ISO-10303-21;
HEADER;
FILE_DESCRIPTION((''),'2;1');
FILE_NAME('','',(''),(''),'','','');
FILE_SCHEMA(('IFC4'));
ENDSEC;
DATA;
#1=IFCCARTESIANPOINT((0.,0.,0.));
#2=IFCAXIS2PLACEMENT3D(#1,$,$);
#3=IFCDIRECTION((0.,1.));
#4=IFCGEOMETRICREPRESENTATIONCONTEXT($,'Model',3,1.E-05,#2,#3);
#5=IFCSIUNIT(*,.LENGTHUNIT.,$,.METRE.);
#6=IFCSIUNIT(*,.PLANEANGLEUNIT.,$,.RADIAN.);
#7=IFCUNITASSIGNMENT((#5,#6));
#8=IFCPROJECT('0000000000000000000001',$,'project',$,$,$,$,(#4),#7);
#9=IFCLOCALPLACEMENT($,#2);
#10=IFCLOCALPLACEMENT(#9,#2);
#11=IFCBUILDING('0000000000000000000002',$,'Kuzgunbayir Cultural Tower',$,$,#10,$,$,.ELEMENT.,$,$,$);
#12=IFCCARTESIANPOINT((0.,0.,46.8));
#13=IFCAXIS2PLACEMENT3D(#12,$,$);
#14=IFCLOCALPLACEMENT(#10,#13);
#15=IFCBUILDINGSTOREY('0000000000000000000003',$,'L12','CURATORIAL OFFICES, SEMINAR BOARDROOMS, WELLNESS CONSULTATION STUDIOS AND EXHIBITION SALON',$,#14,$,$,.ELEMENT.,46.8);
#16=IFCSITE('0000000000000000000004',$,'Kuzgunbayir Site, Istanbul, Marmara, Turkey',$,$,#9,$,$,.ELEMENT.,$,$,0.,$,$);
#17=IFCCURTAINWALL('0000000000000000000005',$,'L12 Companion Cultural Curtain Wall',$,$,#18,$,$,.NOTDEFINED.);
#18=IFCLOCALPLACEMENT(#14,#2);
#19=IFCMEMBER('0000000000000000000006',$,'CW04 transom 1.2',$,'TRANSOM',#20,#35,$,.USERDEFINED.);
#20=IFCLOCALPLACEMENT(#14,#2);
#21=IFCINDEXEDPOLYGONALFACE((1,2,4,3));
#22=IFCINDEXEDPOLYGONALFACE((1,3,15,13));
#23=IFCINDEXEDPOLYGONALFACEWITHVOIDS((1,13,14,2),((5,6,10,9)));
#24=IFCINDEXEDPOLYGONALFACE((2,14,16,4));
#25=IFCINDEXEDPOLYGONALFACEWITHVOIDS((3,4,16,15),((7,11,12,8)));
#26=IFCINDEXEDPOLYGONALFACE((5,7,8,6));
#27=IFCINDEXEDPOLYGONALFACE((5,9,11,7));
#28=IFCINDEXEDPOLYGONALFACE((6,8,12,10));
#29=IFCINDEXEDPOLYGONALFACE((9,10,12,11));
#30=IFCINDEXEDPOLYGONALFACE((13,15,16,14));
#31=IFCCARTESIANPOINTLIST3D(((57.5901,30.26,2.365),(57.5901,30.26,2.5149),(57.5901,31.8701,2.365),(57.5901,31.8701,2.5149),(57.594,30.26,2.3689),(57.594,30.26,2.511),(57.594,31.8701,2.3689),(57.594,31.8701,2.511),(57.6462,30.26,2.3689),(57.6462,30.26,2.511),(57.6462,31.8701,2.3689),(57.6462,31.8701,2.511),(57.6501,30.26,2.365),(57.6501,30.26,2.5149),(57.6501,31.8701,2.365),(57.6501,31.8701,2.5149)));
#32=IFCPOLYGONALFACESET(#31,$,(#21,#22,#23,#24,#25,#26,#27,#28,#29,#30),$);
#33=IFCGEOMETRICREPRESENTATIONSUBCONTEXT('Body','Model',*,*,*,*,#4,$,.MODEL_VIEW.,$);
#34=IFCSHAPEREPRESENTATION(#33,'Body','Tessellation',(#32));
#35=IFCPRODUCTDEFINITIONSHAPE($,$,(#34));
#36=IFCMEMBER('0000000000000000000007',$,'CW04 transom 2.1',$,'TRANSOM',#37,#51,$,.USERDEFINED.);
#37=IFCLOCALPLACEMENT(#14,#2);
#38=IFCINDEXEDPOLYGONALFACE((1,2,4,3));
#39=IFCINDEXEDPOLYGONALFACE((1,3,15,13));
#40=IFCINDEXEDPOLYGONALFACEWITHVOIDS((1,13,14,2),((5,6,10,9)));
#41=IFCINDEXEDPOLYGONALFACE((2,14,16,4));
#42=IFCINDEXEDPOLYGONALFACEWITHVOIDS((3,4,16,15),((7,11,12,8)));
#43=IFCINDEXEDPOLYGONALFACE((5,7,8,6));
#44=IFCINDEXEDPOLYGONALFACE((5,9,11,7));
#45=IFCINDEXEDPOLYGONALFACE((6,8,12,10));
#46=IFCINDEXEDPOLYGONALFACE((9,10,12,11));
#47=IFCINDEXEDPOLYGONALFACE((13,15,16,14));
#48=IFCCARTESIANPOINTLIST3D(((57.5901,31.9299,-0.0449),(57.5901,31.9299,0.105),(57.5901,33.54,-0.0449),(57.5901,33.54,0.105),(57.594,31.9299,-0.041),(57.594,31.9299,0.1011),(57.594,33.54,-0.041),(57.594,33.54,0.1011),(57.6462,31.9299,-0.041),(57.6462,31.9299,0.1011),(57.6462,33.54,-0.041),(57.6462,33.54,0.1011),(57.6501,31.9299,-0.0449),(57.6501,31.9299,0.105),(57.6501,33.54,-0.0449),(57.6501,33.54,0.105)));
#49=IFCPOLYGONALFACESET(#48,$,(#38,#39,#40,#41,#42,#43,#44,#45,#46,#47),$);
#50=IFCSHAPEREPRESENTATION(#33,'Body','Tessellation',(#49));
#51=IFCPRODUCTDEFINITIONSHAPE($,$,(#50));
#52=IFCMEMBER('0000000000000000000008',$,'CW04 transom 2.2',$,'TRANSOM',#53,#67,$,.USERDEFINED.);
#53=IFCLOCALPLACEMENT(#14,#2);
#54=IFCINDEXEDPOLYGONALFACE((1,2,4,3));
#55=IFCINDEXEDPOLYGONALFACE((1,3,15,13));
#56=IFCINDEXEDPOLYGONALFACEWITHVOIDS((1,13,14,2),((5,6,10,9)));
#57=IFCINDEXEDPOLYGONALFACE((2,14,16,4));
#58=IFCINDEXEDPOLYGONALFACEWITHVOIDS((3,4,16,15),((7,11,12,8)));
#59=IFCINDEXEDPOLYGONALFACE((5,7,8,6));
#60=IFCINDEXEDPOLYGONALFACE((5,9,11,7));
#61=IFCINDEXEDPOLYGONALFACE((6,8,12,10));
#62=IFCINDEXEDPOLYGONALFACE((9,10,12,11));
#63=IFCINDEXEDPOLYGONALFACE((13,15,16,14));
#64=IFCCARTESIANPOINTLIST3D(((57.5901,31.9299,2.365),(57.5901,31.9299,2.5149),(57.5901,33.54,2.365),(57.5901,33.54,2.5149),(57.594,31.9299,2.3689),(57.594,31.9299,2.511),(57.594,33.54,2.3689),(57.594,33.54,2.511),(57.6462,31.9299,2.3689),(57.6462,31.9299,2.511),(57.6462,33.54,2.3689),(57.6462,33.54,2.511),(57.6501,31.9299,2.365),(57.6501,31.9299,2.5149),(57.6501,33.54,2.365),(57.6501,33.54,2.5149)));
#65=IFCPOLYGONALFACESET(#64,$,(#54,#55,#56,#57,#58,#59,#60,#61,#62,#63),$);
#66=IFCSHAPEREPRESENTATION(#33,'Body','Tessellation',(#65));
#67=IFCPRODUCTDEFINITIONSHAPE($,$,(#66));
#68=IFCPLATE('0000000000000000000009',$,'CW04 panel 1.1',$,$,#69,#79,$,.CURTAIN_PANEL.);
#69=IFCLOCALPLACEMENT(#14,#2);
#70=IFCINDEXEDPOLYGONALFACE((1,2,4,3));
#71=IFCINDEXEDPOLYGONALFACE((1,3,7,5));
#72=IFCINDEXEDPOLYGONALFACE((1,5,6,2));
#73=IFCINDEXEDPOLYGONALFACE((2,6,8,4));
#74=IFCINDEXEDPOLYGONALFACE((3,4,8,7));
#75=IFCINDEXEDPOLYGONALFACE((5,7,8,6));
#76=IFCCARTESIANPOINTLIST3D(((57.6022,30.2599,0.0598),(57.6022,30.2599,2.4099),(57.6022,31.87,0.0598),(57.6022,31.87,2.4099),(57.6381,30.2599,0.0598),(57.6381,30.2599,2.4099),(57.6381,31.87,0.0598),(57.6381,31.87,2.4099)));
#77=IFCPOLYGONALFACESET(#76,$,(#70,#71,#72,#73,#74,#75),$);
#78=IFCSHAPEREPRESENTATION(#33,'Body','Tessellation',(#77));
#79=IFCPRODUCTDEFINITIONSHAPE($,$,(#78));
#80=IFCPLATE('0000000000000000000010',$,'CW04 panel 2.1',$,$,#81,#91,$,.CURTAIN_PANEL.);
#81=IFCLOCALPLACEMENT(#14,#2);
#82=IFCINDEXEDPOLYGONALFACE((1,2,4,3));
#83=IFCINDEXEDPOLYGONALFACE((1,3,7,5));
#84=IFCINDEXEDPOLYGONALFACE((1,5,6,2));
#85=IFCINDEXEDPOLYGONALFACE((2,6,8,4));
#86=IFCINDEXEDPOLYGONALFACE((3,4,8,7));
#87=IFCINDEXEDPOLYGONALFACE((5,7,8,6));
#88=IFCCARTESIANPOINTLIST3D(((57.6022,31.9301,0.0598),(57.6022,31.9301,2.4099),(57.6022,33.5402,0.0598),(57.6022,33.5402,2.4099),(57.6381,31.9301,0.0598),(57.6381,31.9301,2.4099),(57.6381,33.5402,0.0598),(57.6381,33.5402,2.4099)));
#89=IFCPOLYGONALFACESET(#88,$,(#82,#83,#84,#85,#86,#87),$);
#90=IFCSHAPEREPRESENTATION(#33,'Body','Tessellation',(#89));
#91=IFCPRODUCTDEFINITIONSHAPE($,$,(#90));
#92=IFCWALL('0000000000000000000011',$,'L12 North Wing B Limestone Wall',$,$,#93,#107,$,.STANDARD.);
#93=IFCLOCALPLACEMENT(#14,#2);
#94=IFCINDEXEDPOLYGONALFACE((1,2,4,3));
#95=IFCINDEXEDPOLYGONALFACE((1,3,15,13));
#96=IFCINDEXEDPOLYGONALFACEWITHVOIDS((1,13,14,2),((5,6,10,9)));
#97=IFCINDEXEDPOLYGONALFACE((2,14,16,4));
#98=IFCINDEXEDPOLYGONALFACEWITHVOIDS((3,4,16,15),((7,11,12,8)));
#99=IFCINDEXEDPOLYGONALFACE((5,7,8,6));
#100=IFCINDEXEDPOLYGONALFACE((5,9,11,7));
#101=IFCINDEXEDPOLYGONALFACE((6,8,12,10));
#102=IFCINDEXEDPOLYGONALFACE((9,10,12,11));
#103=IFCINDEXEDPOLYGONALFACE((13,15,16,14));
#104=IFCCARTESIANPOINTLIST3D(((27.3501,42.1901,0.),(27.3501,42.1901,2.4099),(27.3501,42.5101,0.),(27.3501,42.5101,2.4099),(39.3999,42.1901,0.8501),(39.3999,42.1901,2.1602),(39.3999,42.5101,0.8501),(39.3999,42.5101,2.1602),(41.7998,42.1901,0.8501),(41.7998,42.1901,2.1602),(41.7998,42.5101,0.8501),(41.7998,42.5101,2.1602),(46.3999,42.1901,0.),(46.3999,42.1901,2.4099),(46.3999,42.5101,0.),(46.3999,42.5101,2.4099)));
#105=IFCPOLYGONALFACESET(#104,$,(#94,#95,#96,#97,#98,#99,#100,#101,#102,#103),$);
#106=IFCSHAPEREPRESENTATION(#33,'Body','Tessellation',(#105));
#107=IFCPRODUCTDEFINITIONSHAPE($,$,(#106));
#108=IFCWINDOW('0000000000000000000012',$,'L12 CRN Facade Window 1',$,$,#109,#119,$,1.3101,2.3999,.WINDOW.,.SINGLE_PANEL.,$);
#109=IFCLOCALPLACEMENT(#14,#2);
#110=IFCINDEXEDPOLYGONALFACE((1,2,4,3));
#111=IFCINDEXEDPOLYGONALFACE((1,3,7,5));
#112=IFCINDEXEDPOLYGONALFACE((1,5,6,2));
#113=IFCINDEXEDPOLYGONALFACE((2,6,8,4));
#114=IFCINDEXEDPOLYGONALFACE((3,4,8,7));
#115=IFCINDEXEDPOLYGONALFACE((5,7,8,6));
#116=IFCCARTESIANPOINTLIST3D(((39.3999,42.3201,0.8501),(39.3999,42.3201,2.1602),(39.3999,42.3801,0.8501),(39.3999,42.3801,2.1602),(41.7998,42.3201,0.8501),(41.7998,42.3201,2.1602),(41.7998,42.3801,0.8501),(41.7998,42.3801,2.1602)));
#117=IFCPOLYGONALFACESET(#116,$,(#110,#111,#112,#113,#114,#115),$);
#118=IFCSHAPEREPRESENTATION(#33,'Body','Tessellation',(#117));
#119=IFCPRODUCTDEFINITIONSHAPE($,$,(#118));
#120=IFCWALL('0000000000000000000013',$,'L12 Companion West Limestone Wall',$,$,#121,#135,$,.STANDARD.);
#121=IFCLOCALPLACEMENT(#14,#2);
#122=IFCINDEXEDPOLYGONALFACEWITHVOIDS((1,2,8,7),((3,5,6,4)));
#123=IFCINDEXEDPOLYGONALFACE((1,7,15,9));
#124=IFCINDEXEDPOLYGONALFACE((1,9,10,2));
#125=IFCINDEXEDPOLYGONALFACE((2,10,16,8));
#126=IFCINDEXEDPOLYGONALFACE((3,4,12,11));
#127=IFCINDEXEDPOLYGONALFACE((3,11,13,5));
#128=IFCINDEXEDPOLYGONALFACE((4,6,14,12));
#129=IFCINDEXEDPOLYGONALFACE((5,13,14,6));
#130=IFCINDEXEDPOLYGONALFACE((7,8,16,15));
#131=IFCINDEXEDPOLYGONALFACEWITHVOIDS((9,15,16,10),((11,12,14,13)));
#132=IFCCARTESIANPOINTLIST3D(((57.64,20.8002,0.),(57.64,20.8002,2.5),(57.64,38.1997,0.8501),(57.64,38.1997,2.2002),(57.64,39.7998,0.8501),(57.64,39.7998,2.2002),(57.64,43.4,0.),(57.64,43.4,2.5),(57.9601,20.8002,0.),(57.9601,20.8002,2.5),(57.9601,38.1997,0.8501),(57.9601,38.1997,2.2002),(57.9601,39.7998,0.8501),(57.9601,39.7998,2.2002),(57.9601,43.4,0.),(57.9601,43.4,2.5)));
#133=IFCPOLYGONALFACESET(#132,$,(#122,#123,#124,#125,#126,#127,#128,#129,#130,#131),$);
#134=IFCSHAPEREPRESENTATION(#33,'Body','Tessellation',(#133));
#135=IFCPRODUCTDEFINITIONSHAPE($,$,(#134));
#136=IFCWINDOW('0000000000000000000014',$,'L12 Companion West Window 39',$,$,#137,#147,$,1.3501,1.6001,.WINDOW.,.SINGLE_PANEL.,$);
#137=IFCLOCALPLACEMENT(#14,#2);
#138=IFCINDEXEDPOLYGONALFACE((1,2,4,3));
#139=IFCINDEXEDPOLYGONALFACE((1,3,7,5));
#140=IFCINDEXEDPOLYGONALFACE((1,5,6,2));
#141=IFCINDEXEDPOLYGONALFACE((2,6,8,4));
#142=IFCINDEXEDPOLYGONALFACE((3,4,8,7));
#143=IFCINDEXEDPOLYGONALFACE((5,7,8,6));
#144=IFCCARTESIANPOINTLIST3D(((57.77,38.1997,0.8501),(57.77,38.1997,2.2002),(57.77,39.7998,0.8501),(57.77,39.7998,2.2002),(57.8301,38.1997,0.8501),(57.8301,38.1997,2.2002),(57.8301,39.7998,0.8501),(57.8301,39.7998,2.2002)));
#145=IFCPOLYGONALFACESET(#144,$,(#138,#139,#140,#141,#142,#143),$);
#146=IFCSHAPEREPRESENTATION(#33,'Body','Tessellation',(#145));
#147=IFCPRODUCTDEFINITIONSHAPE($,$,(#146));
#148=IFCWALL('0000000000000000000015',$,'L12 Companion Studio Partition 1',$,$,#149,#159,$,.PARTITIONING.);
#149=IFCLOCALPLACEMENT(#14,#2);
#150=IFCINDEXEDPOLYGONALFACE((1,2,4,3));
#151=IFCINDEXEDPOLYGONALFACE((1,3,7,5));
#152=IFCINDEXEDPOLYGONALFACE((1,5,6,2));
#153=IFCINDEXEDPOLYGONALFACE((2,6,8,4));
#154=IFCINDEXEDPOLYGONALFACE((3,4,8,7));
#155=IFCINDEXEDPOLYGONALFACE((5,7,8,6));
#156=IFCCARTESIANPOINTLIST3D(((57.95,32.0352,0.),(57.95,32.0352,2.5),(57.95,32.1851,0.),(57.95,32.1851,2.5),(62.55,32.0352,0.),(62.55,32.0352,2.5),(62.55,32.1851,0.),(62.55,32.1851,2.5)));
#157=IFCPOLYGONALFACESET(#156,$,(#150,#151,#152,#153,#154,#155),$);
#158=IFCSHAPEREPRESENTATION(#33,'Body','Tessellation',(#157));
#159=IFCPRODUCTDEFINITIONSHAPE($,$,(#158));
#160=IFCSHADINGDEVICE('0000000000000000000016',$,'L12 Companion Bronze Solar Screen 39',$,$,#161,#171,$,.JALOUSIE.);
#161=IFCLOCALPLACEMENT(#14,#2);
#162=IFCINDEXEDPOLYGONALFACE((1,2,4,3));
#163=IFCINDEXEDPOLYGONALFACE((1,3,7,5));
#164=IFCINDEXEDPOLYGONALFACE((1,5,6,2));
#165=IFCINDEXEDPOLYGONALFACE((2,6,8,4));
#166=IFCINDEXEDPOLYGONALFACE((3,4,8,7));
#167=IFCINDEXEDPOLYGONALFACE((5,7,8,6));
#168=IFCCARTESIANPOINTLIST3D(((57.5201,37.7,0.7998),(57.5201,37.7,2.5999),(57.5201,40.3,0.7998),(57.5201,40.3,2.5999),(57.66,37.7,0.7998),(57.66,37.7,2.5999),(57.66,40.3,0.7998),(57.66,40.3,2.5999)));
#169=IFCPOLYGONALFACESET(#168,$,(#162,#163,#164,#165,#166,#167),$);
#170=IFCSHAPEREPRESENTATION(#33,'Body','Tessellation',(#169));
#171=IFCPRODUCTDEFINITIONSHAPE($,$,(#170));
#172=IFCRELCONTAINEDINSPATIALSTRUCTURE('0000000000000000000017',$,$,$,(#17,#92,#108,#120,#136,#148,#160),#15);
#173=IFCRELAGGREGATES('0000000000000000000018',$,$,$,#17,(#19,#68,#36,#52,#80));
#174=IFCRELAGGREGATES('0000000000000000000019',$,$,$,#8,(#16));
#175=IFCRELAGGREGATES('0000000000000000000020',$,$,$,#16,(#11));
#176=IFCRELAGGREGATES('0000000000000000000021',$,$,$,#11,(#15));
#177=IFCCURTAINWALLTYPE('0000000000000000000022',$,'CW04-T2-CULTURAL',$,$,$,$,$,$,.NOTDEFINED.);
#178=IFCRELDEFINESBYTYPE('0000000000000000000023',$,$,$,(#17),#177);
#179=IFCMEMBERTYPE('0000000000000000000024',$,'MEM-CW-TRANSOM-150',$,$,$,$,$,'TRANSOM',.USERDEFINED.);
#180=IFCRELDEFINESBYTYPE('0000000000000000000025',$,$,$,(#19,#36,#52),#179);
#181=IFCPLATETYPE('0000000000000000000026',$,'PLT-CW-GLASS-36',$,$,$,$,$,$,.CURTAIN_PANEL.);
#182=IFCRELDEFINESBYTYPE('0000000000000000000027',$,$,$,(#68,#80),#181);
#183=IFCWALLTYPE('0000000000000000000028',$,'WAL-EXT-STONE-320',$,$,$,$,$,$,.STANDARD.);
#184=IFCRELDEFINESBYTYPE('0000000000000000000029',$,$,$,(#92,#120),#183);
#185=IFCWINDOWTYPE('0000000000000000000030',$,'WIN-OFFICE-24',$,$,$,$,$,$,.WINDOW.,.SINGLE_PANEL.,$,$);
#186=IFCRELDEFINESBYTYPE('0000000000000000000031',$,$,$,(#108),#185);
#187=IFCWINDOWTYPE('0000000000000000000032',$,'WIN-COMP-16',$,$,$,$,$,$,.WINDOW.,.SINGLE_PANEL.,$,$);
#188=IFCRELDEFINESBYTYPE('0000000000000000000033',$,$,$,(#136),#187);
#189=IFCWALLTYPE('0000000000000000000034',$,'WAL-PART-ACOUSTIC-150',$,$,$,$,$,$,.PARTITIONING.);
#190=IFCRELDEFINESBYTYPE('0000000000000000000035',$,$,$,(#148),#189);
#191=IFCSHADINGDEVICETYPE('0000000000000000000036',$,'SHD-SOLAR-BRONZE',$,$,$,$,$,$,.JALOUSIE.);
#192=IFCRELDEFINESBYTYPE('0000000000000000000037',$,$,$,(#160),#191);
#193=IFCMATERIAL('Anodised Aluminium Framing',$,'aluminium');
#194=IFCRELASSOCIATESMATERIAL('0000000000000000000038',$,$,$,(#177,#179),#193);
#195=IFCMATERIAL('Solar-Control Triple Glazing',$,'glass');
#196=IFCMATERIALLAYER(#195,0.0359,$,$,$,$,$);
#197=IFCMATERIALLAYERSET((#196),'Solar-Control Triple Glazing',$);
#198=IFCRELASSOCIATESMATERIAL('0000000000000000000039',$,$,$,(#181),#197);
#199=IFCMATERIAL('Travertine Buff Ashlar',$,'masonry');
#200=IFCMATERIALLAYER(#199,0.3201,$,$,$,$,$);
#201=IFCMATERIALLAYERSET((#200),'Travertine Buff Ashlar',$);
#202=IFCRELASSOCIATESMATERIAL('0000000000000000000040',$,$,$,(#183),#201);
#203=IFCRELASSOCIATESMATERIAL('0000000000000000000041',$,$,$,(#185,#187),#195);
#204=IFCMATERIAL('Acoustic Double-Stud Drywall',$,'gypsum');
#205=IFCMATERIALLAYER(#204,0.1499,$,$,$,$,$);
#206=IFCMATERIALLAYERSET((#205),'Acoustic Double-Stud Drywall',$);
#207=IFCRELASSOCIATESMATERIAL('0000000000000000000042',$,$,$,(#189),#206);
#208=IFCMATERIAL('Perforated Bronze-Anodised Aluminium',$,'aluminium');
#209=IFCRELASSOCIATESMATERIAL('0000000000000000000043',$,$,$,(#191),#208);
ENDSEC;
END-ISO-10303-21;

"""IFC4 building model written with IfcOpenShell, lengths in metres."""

from ifc_helpers import new_model, si_unit, direction, frame, frame_2d, origin, origin_2d, place, context, subcontext, project, spatial, rectangle, hollow_rectangle, extrude, material, layer, layer_set, material_profile, profile_set, type_object, element, fill, aggregate, save


model = new_model("IFC4")

# Units and contexts
model_context = context("Model", 3, precision=1e-05, world=origin(), true_north=direction((0.0, 1.0)))
body_context = subcontext(model_context, "Body", "Model", "MODEL_VIEW")
ifc_project = project(units=[si_unit("LENGTHUNIT", "METRE"), si_unit("PLANEANGLEUNIT", "RADIAN")], contexts=[model_context])

# Site, building, storey
site_placement = place(None, origin())
site = spatial("IfcSite", under=ifc_project, at=site_placement, Name="Kuzgunbayir Site, Istanbul, Marmara, Turkey", CompositionType="ELEMENT", RefElevation=0.0)
building_placement = place(site_placement, origin())
building = spatial("IfcBuilding", under=site, at=building_placement, Name="Kuzgunbayir Cultural Tower", CompositionType="ELEMENT")
storey_placement = place(building_placement, frame((0.0, 0.0, 46.8)))
storey = spatial("IfcBuildingStorey", under=building, at=storey_placement, Name="L12", Description="CURATORIAL OFFICES, SEMINAR BOARDROOMS, WELLNESS CONSULTATION STUDIOS AND EXHIBITION SALON", CompositionType="ELEMENT", Elevation=46.8)

# Curtain wall, members, plates
ifc_material_1 = material(Name="Anodised Aluminium Framing", Category="aluminium")
curtain_wall_type = type_object("IfcCurtainWallType", Name="CW04-T2-CULTURAL", PredefinedType="NOTDEFINED", material=ifc_material_1)
curtain_wall_placement = place(storey_placement, origin())
curtain_wall = element("IfcCurtainWall", 1, at=curtain_wall_placement, inside=storey, type_object=curtain_wall_type, Name="L12 Companion Cultural Curtain Wall", PredefinedType="NOTDEFINED")
ifc_material_profile_1 = material_profile(ifc_material_1, hollow_rectangle(XDim=0.0601, YDim=0.1499, WallThickness=0.0039, at=origin_2d()), Name="RHS 150x60x4")
ifc_profile_set_1 = profile_set([ifc_material_profile_1], Name="Anodised Aluminium Framing")
member_type_1 = type_object("IfcMemberType", Name="MEM-CW-TRANSOM-150", ElementType="TRANSOM", PredefinedType="USERDEFINED", material=ifc_profile_set_1)
member_1_placement = place(storey_placement, frame((57.6201, 30.26, 2.4399), z_axis=(0.0, 1.0, 0.0), x_axis=(-1.0, 0.0, 0.0)))
member_1 = element("IfcMember", 2, at=member_1_placement, type_object=member_type_1, Name="CW04 transom 1.2", ObjectType="TRANSOM", PredefinedType="USERDEFINED", context=body_context, shape_type="SweptSolid", body=[
    extrude(hollow_rectangle(XDim=0.0601, YDim=0.1499, WallThickness=0.0039, at=origin_2d()), origin(), (0.0, 0.0, 1.0), 1.6101),
])
member_2_placement = place(storey_placement, frame((57.6201, 31.9299, 0.03), z_axis=(0.0, 1.0, 0.0), x_axis=(-1.0, 0.0, 0.0)))
member_2 = element("IfcMember", 3, at=member_2_placement, type_object=member_type_1, Name="CW04 transom 2.1", ObjectType="TRANSOM", PredefinedType="USERDEFINED", context=body_context, shape_type="SweptSolid", body=[
    extrude(hollow_rectangle(XDim=0.0601, YDim=0.1499, WallThickness=0.0039, at=origin_2d()), origin(), (0.0, 0.0, 1.0), 1.6101),
])
member_3_placement = place(storey_placement, frame((57.6201, 31.9299, 2.4399), z_axis=(0.0, 1.0, 0.0), x_axis=(-1.0, 0.0, 0.0)))
member_3 = element("IfcMember", 4, at=member_3_placement, type_object=member_type_1, Name="CW04 transom 2.2", ObjectType="TRANSOM", PredefinedType="USERDEFINED", context=body_context, shape_type="SweptSolid", body=[
    extrude(hollow_rectangle(XDim=0.0601, YDim=0.1499, WallThickness=0.0039, at=origin_2d()), origin(), (0.0, 0.0, 1.0), 1.6101),
])
ifc_material_2 = material(Name="Solar-Control Triple Glazing", Category="glass")
ifc_layer_1 = layer(ifc_material_2, 0.0359)
ifc_layer_set_1 = layer_set([ifc_layer_1], Name="Solar-Control Triple Glazing")
plate_type = type_object("IfcPlateType", Name="PLT-CW-GLASS-36", PredefinedType="CURTAIN_PANEL", material=ifc_layer_set_1)
plate_1_placement = place(storey_placement, frame((57.6201, 31.0649, 0.0598), z_axis=(0.0, 0.0, 1.0), x_axis=(0.0, 1.0, 0.0)))
plate_1 = element("IfcPlate", 5, at=plate_1_placement, type_object=plate_type, Name="CW04 panel 1.1", PredefinedType="CURTAIN_PANEL", context=body_context, shape_type="SweptSolid", body=[
    extrude(rectangle(XDim=1.6101, YDim=0.0359, at=origin_2d()), origin(), (0.0, 0.0, 1.0), 2.3501),
])
plate_2_placement = place(storey_placement, frame((57.6201, 32.7351, 0.0598), z_axis=(0.0, 0.0, 1.0), x_axis=(0.0, 1.0, 0.0)))
plate_2 = element("IfcPlate", 6, at=plate_2_placement, type_object=plate_type, Name="CW04 panel 2.1", PredefinedType="CURTAIN_PANEL", context=body_context, shape_type="SweptSolid", body=[
    extrude(rectangle(XDim=1.6101, YDim=0.0359, at=origin_2d()), origin(), (0.0, 0.0, 1.0), 2.3501),
])
aggregate(curtain_wall, [member_1, plate_1, member_2, member_3, plate_2])

# Walls, openings, windows
ifc_material_3 = material(Name="Travertine Buff Ashlar", Category="masonry")
ifc_layer_2 = layer(ifc_material_3, 0.3201)
ifc_layer_set_2 = layer_set([ifc_layer_2], Name="Travertine Buff Ashlar")
wall_type_1 = type_object("IfcWallType", Name="WAL-EXT-STONE-320", PredefinedType="STANDARD", material=ifc_layer_set_2)
wall_1_placement = place(storey_placement, frame((46.3999, 42.3501, 0.0), z_axis=(0.0, 0.0, 1.0), x_axis=(-1.0, 0.0, 0.0)))
wall_1 = element("IfcWall", 7, at=wall_1_placement, inside=storey, type_object=wall_type_1, Name="L12 North Wing B Limestone Wall", PredefinedType="STANDARD", context=body_context, shape_type="SweptSolid", body=[
    extrude(rectangle(XDim=19.0498, YDim=0.3201, at=frame_2d((9.5249, 0.0))), origin(), (0.0, 0.0, 1.0), 2.4099),
])
opening_1_placement = place(wall_1_placement, frame((4.6001, 0.0, 0.8501)))
opening_1 = element("IfcOpeningElement", 8, at=opening_1_placement, cuts=wall_1, PredefinedType="OPENING", context=body_context, shape_type="SweptSolid", body=[
    extrude(rectangle(XDim=2.3999, YDim=1.3101, at=frame_2d((1.2, 0.655))), frame((0.0, 0.1699, 0.0), z_axis=(0.0, -1.0, 0.0), x_axis=(1.0, 0.0, 0.0)), (0.0, 0.0, 1.0), 0.3401),
])
window_type_1 = type_object("IfcWindowType", Name="WIN-OFFICE-24", PartitioningType="SINGLE_PANEL", PredefinedType="WINDOW", material=ifc_material_2)
window_1_placement = place(opening_1_placement, origin())
window_1 = element("IfcWindow", 9, at=window_1_placement, inside=storey, type_object=window_type_1, Name="L12 CRN Facade Window 1", OverallHeight=1.3101, OverallWidth=2.3999, PartitioningType="SINGLE_PANEL", PredefinedType="WINDOW", context=body_context, shape_type="SweptSolid", body=[
    extrude(rectangle(XDim=2.3999, YDim=1.3101, at=frame_2d((1.2, 0.655))), frame((0.0, 0.03, 0.0), z_axis=(0.0, -1.0, 0.0), x_axis=(1.0, 0.0, 0.0)), (0.0, 0.0, 1.0), 0.0601),
])
fill(opening_1, window_1)
wall_2_placement = place(storey_placement, frame((57.8, 43.3999, 0.0), z_axis=(0.0, 0.0, 1.0), x_axis=(0.0, -1.0, 0.0)))
wall_2 = element("IfcWall", 10, at=wall_2_placement, inside=storey, type_object=wall_type_1, Name="L12 Companion West Limestone Wall", PredefinedType="STANDARD", context=body_context, shape_type="SweptSolid", body=[
    extrude(rectangle(XDim=22.5999, YDim=0.3201, at=frame_2d((11.2998, 0.0))), origin(), (0.0, 0.0, 1.0), 2.5),
])
opening_2_placement = place(wall_2_placement, frame((3.6001, 0.0, 0.8501)))
opening_2 = element("IfcOpeningElement", 11, at=opening_2_placement, cuts=wall_2, PredefinedType="OPENING", context=body_context, shape_type="SweptSolid", body=[
    extrude(rectangle(XDim=1.6001, YDim=1.3501, at=frame_2d((0.8, 0.675))), frame((0.0, 0.1699, 0.0), z_axis=(0.0, -1.0, 0.0), x_axis=(1.0, 0.0, 0.0)), (0.0, 0.0, 1.0), 0.3401),
])
window_type_2 = type_object("IfcWindowType", Name="WIN-COMP-16", PartitioningType="SINGLE_PANEL", PredefinedType="WINDOW", material=ifc_material_2)
window_2_placement = place(opening_2_placement, origin())
window_2 = element("IfcWindow", 12, at=window_2_placement, inside=storey, type_object=window_type_2, Name="L12 Companion West Window 39", OverallHeight=1.3501, OverallWidth=1.6001, PartitioningType="SINGLE_PANEL", PredefinedType="WINDOW", context=body_context, shape_type="SweptSolid", body=[
    extrude(rectangle(XDim=1.6001, YDim=1.3501, at=frame_2d((0.8, 0.675))), frame((0.0, 0.03, 0.0), z_axis=(0.0, -1.0, 0.0), x_axis=(1.0, 0.0, 0.0)), (0.0, 0.0, 1.0), 0.0601),
])
fill(opening_2, window_2)

# Wall
ifc_material_4 = material(Name="Acoustic Double-Stud Drywall", Category="gypsum")
ifc_layer_3 = layer(ifc_material_4, 0.1499)
ifc_layer_set_3 = layer_set([ifc_layer_3], Name="Acoustic Double-Stud Drywall")
wall_type_2 = type_object("IfcWallType", Name="WAL-PART-ACOUSTIC-150", PredefinedType="PARTITIONING", material=ifc_layer_set_3)
wall_3_placement = place(storey_placement, frame((57.95, 32.1101, 0.0), z_axis=(0.0, 0.0, 1.0), x_axis=(1.0, 0.0, 0.0)))
element("IfcWall", 13, at=wall_3_placement, inside=storey, type_object=wall_type_2, Name="L12 Companion Studio Partition 1", PredefinedType="PARTITIONING", context=body_context, shape_type="SweptSolid", body=[
    extrude(rectangle(XDim=4.6001, YDim=0.1499, at=frame_2d((2.3, 0.0))), origin(), (0.0, 0.0, 1.0), 2.5),
])

# Shading device
ifc_material_5 = material(Name="Perforated Bronze-Anodised Aluminium", Category="aluminium")
shading_device_type = type_object("IfcShadingDeviceType", Name="SHD-SOLAR-BRONZE", PredefinedType="JALOUSIE", material=ifc_material_5)
shading_device_placement = place(storey_placement, frame((57.5901, 39.0, 0.7998), z_axis=(0.0, 0.0, 1.0), x_axis=(1.0, 0.0, 0.0)))
element("IfcShadingDevice", 14, at=shading_device_placement, inside=storey, type_object=shading_device_type, Name="L12 Companion Bronze Solar Screen 39", PredefinedType="JALOUSIE", context=body_context, shape_type="SweptSolid", body=[
    extrude(rectangle(XDim=0.1399, YDim=2.6001, at=origin_2d()), origin(), (0.0, 0.0, 1.0), 1.8),
])

save(model, "model.ifc")
